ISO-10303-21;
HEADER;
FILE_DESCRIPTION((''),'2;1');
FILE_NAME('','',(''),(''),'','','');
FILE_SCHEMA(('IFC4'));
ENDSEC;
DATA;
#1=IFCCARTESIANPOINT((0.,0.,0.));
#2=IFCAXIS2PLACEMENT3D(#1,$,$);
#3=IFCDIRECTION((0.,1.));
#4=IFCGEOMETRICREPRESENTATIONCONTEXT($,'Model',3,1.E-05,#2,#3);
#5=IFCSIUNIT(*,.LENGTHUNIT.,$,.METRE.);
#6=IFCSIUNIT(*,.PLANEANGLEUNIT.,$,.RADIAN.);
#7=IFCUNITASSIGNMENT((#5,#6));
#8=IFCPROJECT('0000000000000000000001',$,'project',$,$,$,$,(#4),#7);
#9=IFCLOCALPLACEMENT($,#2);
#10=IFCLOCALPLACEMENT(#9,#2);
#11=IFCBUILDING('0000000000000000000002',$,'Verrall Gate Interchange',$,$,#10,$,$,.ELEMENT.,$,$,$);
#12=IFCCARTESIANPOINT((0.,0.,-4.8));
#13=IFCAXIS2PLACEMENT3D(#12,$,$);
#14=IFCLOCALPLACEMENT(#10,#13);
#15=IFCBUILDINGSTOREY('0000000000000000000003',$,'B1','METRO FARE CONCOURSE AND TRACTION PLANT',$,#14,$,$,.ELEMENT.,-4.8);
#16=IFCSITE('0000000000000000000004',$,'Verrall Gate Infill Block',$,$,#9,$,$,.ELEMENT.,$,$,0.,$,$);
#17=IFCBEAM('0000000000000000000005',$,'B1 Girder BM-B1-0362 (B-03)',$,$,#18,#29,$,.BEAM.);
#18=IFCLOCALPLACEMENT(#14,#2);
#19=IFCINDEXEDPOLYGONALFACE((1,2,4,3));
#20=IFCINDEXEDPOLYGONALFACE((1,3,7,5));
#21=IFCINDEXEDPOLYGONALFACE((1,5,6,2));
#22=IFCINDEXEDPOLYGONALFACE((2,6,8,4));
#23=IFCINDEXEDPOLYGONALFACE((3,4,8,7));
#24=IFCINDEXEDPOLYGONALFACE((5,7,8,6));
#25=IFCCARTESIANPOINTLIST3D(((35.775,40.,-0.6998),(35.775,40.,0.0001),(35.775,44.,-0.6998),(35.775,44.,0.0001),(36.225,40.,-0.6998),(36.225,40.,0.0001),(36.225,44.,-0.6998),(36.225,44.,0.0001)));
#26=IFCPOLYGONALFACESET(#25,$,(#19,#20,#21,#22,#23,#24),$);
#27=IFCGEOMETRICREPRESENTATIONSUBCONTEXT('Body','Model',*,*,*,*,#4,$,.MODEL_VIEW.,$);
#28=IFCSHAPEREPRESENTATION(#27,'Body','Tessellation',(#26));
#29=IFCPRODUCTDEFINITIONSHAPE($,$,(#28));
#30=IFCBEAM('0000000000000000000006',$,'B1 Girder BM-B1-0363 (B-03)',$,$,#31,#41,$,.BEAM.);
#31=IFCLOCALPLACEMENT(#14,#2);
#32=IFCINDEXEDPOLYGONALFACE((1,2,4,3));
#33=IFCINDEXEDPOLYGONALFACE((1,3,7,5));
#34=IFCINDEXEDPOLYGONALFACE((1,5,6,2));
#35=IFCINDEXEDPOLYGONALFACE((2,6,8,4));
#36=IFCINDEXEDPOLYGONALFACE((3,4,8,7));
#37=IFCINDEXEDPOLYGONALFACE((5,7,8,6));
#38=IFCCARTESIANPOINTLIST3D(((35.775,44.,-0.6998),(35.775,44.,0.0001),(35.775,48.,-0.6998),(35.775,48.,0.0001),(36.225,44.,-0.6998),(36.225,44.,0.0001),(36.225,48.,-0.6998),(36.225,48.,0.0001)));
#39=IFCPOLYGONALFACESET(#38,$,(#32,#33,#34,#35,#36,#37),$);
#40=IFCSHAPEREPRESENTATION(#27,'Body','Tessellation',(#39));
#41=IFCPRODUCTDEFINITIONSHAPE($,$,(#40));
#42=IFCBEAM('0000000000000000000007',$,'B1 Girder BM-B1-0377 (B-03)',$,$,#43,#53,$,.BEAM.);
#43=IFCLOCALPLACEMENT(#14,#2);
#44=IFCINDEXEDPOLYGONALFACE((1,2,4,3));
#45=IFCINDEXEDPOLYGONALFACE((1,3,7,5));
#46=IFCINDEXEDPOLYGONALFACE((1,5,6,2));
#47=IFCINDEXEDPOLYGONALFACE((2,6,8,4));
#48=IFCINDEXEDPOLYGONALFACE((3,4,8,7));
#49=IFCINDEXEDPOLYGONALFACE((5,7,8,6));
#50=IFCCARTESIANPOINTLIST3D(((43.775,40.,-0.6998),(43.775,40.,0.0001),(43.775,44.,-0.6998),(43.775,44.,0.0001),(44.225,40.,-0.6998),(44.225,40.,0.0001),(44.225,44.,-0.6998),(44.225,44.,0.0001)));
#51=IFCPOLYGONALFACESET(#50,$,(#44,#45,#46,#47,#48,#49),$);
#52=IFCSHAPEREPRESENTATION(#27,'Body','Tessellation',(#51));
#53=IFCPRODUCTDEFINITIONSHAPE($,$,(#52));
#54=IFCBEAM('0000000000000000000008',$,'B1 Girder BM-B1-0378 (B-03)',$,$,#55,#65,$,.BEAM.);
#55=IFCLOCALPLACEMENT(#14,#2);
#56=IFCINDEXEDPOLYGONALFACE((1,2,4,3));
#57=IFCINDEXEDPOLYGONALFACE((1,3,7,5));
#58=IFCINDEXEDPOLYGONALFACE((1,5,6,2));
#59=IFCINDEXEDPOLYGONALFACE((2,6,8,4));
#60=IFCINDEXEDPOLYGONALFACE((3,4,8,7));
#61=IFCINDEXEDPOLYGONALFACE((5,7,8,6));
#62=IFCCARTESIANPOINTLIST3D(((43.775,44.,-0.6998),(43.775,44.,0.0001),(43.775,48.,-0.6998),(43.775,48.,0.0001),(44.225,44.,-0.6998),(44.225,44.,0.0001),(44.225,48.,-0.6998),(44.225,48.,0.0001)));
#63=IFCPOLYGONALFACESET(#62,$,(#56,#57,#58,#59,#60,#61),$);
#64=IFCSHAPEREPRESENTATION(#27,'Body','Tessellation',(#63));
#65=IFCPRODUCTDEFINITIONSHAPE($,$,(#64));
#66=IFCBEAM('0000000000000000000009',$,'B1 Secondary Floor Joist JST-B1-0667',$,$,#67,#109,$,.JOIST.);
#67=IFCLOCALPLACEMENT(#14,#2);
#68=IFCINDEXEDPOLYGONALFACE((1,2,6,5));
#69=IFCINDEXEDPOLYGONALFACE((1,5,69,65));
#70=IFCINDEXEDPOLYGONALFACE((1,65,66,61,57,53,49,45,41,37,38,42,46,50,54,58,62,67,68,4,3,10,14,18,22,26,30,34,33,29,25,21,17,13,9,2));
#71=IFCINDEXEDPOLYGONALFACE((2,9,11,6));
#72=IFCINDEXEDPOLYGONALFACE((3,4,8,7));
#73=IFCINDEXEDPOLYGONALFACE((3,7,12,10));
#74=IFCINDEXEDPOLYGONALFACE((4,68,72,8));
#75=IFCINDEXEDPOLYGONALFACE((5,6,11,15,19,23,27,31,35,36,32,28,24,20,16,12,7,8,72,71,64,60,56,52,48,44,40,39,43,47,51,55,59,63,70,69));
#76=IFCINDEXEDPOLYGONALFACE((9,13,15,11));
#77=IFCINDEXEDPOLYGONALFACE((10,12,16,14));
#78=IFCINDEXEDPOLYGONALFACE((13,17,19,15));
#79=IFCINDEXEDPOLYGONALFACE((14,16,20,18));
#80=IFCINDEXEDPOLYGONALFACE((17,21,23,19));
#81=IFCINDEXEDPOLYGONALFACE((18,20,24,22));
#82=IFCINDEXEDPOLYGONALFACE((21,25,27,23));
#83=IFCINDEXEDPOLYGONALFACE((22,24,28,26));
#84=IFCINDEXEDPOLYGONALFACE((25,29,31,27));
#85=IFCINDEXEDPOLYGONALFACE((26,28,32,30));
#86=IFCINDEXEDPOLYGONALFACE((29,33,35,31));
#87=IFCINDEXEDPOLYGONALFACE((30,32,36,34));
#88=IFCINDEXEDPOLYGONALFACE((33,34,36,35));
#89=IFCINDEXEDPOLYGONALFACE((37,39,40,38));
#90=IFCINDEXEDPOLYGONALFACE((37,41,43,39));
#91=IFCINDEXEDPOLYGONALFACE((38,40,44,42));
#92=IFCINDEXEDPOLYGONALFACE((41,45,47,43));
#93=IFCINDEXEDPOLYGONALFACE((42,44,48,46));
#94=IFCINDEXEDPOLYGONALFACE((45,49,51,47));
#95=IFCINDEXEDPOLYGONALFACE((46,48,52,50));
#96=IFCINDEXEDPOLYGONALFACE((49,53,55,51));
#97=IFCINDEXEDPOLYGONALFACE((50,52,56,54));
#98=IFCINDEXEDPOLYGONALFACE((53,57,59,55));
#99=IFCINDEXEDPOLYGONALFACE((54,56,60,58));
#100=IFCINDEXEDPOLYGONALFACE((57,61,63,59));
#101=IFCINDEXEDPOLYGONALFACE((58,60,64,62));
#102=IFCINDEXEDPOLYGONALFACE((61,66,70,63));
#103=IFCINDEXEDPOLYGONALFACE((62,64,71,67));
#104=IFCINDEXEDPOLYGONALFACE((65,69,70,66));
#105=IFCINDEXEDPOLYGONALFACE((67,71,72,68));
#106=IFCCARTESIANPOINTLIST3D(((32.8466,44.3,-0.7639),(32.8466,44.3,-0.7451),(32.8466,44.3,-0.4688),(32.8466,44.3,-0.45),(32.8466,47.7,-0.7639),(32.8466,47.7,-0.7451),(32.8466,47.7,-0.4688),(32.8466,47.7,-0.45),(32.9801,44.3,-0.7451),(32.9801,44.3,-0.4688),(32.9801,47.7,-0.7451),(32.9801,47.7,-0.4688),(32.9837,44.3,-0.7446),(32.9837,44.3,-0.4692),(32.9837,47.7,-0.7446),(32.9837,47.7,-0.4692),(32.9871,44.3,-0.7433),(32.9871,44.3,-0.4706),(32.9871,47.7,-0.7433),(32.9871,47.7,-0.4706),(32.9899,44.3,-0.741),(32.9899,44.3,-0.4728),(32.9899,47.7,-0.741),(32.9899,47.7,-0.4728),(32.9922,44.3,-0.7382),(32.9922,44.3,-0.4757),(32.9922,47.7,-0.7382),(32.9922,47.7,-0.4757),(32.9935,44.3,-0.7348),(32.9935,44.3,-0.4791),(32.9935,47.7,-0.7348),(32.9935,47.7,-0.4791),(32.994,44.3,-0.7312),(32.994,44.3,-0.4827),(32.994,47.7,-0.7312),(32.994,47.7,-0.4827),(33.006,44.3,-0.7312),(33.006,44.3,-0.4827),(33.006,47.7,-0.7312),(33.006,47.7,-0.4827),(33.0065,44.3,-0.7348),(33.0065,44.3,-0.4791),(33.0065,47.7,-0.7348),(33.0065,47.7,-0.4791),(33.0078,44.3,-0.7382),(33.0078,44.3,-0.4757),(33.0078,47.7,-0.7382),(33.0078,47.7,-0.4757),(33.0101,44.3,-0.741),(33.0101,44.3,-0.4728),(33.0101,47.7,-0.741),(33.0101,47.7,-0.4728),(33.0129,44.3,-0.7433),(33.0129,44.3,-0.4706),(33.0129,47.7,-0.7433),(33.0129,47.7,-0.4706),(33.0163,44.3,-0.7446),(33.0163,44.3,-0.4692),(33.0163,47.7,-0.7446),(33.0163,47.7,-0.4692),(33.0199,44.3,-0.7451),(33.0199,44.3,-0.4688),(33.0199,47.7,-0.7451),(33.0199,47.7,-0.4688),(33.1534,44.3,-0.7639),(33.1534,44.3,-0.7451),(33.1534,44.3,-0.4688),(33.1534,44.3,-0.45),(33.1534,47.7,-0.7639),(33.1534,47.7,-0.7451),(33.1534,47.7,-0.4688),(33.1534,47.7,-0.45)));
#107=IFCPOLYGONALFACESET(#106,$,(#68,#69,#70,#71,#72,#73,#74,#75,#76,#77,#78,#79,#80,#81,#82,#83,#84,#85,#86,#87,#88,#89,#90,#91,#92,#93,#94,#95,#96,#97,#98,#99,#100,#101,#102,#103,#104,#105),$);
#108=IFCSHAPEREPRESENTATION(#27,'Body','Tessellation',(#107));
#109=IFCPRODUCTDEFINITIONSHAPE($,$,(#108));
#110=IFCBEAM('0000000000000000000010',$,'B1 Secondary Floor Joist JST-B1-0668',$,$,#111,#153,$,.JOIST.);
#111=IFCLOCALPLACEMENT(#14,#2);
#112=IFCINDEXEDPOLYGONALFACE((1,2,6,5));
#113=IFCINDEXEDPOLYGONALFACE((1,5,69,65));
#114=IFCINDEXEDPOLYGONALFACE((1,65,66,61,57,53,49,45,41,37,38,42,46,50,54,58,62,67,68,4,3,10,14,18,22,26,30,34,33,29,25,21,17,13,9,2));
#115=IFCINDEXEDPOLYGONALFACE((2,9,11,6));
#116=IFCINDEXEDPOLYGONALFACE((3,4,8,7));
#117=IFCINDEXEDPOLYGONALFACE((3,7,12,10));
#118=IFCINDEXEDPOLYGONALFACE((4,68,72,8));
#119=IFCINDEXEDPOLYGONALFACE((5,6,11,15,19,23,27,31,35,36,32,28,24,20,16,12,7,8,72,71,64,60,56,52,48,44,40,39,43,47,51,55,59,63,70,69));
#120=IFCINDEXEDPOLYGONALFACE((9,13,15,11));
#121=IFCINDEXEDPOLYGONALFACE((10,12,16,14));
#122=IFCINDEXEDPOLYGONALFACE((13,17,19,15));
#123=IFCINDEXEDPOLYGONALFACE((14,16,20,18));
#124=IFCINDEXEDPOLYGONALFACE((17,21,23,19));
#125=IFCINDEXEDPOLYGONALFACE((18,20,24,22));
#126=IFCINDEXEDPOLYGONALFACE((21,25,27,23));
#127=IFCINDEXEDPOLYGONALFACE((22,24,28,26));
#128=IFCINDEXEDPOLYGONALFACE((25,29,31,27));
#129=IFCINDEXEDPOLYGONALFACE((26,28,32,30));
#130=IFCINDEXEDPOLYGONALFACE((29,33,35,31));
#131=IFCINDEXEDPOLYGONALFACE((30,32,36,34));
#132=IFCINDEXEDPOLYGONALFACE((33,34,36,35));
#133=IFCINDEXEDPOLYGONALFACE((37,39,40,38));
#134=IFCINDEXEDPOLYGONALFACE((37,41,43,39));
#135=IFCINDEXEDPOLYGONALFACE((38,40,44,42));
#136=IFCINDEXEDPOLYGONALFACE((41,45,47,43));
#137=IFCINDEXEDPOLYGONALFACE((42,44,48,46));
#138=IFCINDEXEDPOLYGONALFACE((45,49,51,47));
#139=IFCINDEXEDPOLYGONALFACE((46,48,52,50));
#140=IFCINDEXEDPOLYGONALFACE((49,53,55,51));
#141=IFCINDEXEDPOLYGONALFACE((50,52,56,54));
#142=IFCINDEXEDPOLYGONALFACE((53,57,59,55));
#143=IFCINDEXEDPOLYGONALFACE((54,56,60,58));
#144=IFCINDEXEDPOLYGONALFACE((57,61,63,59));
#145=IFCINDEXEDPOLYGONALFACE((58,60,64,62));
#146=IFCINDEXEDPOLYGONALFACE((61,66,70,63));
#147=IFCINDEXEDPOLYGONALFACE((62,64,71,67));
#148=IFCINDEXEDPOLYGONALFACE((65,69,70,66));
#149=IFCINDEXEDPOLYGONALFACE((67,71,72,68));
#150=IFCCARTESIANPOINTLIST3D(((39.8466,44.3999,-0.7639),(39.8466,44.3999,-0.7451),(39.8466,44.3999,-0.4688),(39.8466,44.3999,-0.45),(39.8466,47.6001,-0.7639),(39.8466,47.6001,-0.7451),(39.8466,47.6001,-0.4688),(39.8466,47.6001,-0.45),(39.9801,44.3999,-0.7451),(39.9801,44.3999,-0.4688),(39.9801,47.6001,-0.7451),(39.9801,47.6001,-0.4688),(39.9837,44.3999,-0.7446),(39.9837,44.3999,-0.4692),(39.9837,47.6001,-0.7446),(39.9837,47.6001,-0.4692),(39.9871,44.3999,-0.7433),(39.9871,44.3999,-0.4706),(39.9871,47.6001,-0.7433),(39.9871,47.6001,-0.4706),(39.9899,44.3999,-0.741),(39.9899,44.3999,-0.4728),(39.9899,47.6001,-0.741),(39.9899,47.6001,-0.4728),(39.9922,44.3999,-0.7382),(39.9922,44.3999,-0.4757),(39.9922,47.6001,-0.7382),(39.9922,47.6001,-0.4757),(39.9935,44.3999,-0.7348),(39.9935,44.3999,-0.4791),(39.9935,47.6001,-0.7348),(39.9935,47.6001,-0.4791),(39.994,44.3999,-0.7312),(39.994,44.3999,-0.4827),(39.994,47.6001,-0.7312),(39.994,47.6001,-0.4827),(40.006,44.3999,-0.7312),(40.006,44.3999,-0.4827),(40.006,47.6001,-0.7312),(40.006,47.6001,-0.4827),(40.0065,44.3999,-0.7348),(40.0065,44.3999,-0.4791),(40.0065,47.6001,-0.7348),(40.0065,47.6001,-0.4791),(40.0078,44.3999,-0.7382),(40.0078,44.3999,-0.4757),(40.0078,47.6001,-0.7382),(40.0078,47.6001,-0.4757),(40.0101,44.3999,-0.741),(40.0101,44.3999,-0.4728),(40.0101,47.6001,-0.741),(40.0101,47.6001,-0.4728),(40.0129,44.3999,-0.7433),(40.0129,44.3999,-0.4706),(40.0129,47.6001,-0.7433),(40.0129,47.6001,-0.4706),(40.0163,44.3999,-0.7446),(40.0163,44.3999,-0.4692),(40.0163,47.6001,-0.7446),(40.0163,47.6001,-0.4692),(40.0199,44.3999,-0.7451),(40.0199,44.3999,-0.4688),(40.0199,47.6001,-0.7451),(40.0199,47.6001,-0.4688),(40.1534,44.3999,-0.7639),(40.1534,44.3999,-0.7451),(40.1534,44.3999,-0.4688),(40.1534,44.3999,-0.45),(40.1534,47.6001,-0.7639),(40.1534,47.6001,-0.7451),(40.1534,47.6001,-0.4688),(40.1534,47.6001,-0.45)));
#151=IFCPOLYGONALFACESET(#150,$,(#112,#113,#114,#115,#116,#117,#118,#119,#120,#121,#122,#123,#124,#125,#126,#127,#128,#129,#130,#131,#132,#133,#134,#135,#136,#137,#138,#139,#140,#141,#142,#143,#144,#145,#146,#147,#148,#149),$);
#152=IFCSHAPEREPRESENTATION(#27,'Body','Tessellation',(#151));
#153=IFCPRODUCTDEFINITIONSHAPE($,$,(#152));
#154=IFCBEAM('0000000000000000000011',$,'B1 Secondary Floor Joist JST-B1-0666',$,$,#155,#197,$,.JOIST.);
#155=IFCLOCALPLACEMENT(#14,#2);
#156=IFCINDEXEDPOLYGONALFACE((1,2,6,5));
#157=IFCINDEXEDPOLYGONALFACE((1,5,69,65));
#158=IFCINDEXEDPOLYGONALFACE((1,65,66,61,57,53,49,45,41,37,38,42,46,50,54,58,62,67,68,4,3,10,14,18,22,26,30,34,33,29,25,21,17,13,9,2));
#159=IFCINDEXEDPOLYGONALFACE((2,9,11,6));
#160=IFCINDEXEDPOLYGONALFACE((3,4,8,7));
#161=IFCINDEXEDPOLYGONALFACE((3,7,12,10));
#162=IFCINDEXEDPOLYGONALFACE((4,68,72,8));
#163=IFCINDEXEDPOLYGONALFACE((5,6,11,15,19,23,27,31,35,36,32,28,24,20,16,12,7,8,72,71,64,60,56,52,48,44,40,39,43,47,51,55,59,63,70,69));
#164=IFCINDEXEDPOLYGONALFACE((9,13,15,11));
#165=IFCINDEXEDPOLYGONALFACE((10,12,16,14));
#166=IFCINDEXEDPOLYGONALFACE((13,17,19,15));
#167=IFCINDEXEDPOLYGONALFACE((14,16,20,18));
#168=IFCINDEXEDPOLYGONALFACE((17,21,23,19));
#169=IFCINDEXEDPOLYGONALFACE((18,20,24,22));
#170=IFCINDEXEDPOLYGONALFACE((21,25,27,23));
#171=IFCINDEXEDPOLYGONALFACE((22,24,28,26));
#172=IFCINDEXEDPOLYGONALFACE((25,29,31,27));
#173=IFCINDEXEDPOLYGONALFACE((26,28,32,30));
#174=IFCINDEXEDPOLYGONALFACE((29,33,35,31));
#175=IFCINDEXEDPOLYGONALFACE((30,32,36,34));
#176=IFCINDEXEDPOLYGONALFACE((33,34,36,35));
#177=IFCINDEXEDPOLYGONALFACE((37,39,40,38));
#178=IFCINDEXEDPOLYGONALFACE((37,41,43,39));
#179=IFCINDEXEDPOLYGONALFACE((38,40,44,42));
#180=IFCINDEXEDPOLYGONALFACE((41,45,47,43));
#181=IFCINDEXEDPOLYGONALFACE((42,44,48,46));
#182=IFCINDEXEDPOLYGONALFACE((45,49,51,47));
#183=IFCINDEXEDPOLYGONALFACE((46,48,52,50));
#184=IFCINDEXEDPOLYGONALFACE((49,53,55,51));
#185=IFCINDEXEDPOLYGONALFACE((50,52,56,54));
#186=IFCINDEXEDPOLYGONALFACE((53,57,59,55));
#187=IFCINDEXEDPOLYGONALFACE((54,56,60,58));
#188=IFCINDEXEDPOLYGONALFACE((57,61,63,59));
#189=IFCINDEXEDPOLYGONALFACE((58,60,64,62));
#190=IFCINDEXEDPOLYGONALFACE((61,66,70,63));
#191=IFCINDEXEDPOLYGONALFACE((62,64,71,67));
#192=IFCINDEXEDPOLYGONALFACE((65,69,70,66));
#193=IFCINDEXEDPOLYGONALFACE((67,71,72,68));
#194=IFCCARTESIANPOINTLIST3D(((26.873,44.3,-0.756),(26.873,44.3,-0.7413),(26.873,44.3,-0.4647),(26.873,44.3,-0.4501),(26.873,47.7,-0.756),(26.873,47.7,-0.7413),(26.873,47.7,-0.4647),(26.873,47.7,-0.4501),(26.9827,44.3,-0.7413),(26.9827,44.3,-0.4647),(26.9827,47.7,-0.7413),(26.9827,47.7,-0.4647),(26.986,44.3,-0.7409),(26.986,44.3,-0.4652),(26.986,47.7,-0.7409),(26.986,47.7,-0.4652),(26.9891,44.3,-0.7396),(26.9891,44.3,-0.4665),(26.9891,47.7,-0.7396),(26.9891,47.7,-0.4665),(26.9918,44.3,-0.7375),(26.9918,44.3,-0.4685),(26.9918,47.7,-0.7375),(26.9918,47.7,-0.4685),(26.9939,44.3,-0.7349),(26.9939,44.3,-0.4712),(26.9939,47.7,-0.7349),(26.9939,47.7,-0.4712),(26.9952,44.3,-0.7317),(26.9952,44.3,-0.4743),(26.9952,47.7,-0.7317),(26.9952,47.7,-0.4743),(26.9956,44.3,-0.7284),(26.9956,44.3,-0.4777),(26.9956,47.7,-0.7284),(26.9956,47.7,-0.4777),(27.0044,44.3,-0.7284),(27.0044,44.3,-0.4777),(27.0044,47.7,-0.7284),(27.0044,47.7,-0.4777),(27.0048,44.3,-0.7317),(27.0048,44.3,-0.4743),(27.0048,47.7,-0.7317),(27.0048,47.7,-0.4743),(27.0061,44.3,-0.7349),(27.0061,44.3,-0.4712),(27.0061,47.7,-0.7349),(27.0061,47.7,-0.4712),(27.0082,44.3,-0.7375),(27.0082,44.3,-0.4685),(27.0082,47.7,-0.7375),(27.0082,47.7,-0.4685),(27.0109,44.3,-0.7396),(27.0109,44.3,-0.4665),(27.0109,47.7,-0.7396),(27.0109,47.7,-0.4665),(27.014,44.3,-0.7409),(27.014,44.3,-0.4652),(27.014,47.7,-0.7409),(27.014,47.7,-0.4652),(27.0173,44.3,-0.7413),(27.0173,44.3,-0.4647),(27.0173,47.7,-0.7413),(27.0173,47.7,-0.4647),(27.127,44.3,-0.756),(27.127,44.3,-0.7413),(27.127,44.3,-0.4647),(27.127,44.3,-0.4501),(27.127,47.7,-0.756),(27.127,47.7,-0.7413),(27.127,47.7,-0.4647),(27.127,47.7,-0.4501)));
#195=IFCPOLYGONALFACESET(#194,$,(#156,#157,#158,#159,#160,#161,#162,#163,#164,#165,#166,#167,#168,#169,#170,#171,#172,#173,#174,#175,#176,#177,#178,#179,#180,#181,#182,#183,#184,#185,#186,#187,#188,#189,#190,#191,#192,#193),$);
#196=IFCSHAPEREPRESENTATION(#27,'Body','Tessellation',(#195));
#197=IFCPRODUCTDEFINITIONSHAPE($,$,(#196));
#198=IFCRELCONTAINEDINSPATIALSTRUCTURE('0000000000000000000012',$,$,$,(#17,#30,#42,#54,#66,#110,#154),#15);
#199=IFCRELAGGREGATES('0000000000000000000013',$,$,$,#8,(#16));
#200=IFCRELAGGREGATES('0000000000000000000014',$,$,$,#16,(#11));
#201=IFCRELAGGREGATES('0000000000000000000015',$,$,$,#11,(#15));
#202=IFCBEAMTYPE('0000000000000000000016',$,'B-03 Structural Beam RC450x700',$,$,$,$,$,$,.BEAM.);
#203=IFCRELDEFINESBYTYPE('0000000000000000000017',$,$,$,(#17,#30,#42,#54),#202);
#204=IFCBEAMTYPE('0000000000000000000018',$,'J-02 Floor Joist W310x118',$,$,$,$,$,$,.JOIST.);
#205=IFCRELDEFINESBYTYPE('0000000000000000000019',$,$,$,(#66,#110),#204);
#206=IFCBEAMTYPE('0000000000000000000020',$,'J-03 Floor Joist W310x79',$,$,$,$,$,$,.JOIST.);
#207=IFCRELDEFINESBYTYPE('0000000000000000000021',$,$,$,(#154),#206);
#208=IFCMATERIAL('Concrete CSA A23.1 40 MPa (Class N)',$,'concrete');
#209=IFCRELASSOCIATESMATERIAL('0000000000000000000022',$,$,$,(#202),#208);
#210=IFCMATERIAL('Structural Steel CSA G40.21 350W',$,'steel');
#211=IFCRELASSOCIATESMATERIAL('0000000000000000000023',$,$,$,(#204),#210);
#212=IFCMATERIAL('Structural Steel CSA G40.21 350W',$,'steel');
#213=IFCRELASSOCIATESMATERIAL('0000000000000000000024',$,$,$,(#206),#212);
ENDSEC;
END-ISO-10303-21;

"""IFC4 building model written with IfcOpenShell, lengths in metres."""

from ifc_helpers import new_model, si_unit, direction, frame, origin, origin_2d, place, context, subcontext, project, spatial, rectangle, i_section, extrude, material, material_profile, profile_set, type_object, element, save


model = new_model("IFC4")

# Units and contexts
model_context = context("Model", 3, precision=1e-05, world=origin(), true_north=direction((0.0, 1.0)))
body_context = subcontext(model_context, "Body", "Model", "MODEL_VIEW")
ifc_project = project(units=[si_unit("LENGTHUNIT", "METRE"), si_unit("PLANEANGLEUNIT", "RADIAN")], contexts=[model_context])

# Site, building, storey
site_placement = place(None, origin())
site = spatial("IfcSite", under=ifc_project, at=site_placement, Name="Verrall Gate Infill Block", CompositionType="ELEMENT", RefElevation=0.0)
building_placement = place(site_placement, origin())
building = spatial("IfcBuilding", under=site, at=building_placement, Name="Verrall Gate Interchange", CompositionType="ELEMENT")
storey_placement = place(building_placement, frame((0.0, 0.0, -4.8)))
storey = spatial("IfcBuildingStorey", under=building, at=storey_placement, Name="B1", Description="METRO FARE CONCOURSE AND TRACTION PLANT", CompositionType="ELEMENT", Elevation=-4.8)

# Beams
ifc_material_1 = material(Name="Concrete CSA A23.1 40 MPa (Class N)", Category="concrete")
ifc_material_profile_1 = material_profile(ifc_material_1, rectangle(XDim=0.45, YDim=0.7, at=origin_2d()), Name="RC450x700")
ifc_profile_set_1 = profile_set([ifc_material_profile_1], Name="Concrete CSA A23.1 40 MPa (Class N)")
beam_type_1 = type_object("IfcBeamType", Name="B-03 Structural Beam RC450x700", PredefinedType="BEAM", material=ifc_profile_set_1)
for number, where, z_axis, x_axis, name in (
    (1, (36.0, 40.0, -0.3499), (0.0, 1.0, 0.0), (-1.0, 0.0, 0.0), "B1 Girder BM-B1-0362 (B-03)"),
    (2, (36.0, 44.0, -0.3499), (0.0, 1.0, 0.0), (-1.0, 0.0, 0.0), "B1 Girder BM-B1-0363 (B-03)"),
    (3, (44.0, 40.0, -0.3499), (0.0, 1.0, 0.0), (-1.0, 0.0, 0.0), "B1 Girder BM-B1-0377 (B-03)"),
    (4, (44.0, 44.0, -0.3499), (0.0, 1.0, 0.0), (-1.0, 0.0, 0.0), "B1 Girder BM-B1-0378 (B-03)"),
):
    element("IfcBeam", number, at=place(storey_placement, frame(where, z_axis=z_axis, x_axis=x_axis)), inside=storey, type_object=beam_type_1, Name=name, PredefinedType="BEAM", context=body_context, shape_type="SweptSolid", body=[
        extrude(rectangle(XDim=0.45, YDim=0.7, at=origin_2d()), origin(), (0.0, 0.0, 1.0), 4.0),
    ])
ifc_material_2 = material(Name="Structural Steel CSA G40.21 350W", Category="steel")
ifc_material_profile_2 = material_profile(ifc_material_2, i_section(OverallWidth=0.3069, OverallDepth=0.314, WebThickness=0.012, FlangeThickness=0.0188, FilletRadius=0.0139, at=origin_2d()), Name="W310x118")
ifc_profile_set_2 = profile_set([ifc_material_profile_2], Name="Structural Steel CSA G40.21 350W")
beam_type_2 = type_object("IfcBeamType", Name="J-02 Floor Joist W310x118", PredefinedType="JOIST", material=ifc_profile_set_2)
beam_1_placement = place(storey_placement, frame((33.0, 44.3, -0.6069), z_axis=(0.0, 1.0, 0.0), x_axis=(-1.0, 0.0, 0.0)))
element("IfcBeam", 5, at=beam_1_placement, inside=storey, type_object=beam_type_2, Name="B1 Secondary Floor Joist JST-B1-0667", PredefinedType="JOIST", context=body_context, shape_type="SweptSolid", body=[
    extrude(i_section(OverallWidth=0.3069, OverallDepth=0.314, WebThickness=0.012, FlangeThickness=0.0188, FilletRadius=0.0139, at=origin_2d()), origin(), (0.0, 0.0, 1.0), 3.3999),
])
beam_2_placement = place(storey_placement, frame((40.0, 44.3999, -0.6069), z_axis=(0.0, 1.0, 0.0), x_axis=(-1.0, 0.0, 0.0)))
element("IfcBeam", 6, at=beam_2_placement, inside=storey, type_object=beam_type_2, Name="B1 Secondary Floor Joist JST-B1-0668", PredefinedType="JOIST", context=body_context, shape_type="SweptSolid", body=[
    extrude(i_section(OverallWidth=0.3069, OverallDepth=0.314, WebThickness=0.012, FlangeThickness=0.0188, FilletRadius=0.0139, at=origin_2d()), origin(), (0.0, 0.0, 1.0), 3.2002),
])
ifc_material_3 = material(Name="Structural Steel CSA G40.21 350W", Category="steel")
ifc_material_profile_3 = material_profile(ifc_material_3, i_section(OverallWidth=0.2539, OverallDepth=0.3059, WebThickness=0.0088, FlangeThickness=0.0146, FilletRadius=0.0129, at=origin_2d()), Name="W310x79")
ifc_profile_set_3 = profile_set([ifc_material_profile_3], Name="Structural Steel CSA G40.21 350W")
beam_type_3 = type_object("IfcBeamType", Name="J-03 Floor Joist W310x79", PredefinedType="JOIST", material=ifc_profile_set_3)
beam_3_placement = place(storey_placement, frame((27.0, 44.3, -0.603), z_axis=(0.0, 1.0, 0.0), x_axis=(-1.0, 0.0, 0.0)))
element("IfcBeam", 7, at=beam_3_placement, inside=storey, type_object=beam_type_3, Name="B1 Secondary Floor Joist JST-B1-0666", PredefinedType="JOIST", context=body_context, shape_type="SweptSolid", body=[
    extrude(i_section(OverallWidth=0.2539, OverallDepth=0.3059, WebThickness=0.0088, FlangeThickness=0.0146, FilletRadius=0.0129, at=origin_2d()), origin(), (0.0, 0.0, 1.0), 3.3999),
])

save(model, "model.ifc")
